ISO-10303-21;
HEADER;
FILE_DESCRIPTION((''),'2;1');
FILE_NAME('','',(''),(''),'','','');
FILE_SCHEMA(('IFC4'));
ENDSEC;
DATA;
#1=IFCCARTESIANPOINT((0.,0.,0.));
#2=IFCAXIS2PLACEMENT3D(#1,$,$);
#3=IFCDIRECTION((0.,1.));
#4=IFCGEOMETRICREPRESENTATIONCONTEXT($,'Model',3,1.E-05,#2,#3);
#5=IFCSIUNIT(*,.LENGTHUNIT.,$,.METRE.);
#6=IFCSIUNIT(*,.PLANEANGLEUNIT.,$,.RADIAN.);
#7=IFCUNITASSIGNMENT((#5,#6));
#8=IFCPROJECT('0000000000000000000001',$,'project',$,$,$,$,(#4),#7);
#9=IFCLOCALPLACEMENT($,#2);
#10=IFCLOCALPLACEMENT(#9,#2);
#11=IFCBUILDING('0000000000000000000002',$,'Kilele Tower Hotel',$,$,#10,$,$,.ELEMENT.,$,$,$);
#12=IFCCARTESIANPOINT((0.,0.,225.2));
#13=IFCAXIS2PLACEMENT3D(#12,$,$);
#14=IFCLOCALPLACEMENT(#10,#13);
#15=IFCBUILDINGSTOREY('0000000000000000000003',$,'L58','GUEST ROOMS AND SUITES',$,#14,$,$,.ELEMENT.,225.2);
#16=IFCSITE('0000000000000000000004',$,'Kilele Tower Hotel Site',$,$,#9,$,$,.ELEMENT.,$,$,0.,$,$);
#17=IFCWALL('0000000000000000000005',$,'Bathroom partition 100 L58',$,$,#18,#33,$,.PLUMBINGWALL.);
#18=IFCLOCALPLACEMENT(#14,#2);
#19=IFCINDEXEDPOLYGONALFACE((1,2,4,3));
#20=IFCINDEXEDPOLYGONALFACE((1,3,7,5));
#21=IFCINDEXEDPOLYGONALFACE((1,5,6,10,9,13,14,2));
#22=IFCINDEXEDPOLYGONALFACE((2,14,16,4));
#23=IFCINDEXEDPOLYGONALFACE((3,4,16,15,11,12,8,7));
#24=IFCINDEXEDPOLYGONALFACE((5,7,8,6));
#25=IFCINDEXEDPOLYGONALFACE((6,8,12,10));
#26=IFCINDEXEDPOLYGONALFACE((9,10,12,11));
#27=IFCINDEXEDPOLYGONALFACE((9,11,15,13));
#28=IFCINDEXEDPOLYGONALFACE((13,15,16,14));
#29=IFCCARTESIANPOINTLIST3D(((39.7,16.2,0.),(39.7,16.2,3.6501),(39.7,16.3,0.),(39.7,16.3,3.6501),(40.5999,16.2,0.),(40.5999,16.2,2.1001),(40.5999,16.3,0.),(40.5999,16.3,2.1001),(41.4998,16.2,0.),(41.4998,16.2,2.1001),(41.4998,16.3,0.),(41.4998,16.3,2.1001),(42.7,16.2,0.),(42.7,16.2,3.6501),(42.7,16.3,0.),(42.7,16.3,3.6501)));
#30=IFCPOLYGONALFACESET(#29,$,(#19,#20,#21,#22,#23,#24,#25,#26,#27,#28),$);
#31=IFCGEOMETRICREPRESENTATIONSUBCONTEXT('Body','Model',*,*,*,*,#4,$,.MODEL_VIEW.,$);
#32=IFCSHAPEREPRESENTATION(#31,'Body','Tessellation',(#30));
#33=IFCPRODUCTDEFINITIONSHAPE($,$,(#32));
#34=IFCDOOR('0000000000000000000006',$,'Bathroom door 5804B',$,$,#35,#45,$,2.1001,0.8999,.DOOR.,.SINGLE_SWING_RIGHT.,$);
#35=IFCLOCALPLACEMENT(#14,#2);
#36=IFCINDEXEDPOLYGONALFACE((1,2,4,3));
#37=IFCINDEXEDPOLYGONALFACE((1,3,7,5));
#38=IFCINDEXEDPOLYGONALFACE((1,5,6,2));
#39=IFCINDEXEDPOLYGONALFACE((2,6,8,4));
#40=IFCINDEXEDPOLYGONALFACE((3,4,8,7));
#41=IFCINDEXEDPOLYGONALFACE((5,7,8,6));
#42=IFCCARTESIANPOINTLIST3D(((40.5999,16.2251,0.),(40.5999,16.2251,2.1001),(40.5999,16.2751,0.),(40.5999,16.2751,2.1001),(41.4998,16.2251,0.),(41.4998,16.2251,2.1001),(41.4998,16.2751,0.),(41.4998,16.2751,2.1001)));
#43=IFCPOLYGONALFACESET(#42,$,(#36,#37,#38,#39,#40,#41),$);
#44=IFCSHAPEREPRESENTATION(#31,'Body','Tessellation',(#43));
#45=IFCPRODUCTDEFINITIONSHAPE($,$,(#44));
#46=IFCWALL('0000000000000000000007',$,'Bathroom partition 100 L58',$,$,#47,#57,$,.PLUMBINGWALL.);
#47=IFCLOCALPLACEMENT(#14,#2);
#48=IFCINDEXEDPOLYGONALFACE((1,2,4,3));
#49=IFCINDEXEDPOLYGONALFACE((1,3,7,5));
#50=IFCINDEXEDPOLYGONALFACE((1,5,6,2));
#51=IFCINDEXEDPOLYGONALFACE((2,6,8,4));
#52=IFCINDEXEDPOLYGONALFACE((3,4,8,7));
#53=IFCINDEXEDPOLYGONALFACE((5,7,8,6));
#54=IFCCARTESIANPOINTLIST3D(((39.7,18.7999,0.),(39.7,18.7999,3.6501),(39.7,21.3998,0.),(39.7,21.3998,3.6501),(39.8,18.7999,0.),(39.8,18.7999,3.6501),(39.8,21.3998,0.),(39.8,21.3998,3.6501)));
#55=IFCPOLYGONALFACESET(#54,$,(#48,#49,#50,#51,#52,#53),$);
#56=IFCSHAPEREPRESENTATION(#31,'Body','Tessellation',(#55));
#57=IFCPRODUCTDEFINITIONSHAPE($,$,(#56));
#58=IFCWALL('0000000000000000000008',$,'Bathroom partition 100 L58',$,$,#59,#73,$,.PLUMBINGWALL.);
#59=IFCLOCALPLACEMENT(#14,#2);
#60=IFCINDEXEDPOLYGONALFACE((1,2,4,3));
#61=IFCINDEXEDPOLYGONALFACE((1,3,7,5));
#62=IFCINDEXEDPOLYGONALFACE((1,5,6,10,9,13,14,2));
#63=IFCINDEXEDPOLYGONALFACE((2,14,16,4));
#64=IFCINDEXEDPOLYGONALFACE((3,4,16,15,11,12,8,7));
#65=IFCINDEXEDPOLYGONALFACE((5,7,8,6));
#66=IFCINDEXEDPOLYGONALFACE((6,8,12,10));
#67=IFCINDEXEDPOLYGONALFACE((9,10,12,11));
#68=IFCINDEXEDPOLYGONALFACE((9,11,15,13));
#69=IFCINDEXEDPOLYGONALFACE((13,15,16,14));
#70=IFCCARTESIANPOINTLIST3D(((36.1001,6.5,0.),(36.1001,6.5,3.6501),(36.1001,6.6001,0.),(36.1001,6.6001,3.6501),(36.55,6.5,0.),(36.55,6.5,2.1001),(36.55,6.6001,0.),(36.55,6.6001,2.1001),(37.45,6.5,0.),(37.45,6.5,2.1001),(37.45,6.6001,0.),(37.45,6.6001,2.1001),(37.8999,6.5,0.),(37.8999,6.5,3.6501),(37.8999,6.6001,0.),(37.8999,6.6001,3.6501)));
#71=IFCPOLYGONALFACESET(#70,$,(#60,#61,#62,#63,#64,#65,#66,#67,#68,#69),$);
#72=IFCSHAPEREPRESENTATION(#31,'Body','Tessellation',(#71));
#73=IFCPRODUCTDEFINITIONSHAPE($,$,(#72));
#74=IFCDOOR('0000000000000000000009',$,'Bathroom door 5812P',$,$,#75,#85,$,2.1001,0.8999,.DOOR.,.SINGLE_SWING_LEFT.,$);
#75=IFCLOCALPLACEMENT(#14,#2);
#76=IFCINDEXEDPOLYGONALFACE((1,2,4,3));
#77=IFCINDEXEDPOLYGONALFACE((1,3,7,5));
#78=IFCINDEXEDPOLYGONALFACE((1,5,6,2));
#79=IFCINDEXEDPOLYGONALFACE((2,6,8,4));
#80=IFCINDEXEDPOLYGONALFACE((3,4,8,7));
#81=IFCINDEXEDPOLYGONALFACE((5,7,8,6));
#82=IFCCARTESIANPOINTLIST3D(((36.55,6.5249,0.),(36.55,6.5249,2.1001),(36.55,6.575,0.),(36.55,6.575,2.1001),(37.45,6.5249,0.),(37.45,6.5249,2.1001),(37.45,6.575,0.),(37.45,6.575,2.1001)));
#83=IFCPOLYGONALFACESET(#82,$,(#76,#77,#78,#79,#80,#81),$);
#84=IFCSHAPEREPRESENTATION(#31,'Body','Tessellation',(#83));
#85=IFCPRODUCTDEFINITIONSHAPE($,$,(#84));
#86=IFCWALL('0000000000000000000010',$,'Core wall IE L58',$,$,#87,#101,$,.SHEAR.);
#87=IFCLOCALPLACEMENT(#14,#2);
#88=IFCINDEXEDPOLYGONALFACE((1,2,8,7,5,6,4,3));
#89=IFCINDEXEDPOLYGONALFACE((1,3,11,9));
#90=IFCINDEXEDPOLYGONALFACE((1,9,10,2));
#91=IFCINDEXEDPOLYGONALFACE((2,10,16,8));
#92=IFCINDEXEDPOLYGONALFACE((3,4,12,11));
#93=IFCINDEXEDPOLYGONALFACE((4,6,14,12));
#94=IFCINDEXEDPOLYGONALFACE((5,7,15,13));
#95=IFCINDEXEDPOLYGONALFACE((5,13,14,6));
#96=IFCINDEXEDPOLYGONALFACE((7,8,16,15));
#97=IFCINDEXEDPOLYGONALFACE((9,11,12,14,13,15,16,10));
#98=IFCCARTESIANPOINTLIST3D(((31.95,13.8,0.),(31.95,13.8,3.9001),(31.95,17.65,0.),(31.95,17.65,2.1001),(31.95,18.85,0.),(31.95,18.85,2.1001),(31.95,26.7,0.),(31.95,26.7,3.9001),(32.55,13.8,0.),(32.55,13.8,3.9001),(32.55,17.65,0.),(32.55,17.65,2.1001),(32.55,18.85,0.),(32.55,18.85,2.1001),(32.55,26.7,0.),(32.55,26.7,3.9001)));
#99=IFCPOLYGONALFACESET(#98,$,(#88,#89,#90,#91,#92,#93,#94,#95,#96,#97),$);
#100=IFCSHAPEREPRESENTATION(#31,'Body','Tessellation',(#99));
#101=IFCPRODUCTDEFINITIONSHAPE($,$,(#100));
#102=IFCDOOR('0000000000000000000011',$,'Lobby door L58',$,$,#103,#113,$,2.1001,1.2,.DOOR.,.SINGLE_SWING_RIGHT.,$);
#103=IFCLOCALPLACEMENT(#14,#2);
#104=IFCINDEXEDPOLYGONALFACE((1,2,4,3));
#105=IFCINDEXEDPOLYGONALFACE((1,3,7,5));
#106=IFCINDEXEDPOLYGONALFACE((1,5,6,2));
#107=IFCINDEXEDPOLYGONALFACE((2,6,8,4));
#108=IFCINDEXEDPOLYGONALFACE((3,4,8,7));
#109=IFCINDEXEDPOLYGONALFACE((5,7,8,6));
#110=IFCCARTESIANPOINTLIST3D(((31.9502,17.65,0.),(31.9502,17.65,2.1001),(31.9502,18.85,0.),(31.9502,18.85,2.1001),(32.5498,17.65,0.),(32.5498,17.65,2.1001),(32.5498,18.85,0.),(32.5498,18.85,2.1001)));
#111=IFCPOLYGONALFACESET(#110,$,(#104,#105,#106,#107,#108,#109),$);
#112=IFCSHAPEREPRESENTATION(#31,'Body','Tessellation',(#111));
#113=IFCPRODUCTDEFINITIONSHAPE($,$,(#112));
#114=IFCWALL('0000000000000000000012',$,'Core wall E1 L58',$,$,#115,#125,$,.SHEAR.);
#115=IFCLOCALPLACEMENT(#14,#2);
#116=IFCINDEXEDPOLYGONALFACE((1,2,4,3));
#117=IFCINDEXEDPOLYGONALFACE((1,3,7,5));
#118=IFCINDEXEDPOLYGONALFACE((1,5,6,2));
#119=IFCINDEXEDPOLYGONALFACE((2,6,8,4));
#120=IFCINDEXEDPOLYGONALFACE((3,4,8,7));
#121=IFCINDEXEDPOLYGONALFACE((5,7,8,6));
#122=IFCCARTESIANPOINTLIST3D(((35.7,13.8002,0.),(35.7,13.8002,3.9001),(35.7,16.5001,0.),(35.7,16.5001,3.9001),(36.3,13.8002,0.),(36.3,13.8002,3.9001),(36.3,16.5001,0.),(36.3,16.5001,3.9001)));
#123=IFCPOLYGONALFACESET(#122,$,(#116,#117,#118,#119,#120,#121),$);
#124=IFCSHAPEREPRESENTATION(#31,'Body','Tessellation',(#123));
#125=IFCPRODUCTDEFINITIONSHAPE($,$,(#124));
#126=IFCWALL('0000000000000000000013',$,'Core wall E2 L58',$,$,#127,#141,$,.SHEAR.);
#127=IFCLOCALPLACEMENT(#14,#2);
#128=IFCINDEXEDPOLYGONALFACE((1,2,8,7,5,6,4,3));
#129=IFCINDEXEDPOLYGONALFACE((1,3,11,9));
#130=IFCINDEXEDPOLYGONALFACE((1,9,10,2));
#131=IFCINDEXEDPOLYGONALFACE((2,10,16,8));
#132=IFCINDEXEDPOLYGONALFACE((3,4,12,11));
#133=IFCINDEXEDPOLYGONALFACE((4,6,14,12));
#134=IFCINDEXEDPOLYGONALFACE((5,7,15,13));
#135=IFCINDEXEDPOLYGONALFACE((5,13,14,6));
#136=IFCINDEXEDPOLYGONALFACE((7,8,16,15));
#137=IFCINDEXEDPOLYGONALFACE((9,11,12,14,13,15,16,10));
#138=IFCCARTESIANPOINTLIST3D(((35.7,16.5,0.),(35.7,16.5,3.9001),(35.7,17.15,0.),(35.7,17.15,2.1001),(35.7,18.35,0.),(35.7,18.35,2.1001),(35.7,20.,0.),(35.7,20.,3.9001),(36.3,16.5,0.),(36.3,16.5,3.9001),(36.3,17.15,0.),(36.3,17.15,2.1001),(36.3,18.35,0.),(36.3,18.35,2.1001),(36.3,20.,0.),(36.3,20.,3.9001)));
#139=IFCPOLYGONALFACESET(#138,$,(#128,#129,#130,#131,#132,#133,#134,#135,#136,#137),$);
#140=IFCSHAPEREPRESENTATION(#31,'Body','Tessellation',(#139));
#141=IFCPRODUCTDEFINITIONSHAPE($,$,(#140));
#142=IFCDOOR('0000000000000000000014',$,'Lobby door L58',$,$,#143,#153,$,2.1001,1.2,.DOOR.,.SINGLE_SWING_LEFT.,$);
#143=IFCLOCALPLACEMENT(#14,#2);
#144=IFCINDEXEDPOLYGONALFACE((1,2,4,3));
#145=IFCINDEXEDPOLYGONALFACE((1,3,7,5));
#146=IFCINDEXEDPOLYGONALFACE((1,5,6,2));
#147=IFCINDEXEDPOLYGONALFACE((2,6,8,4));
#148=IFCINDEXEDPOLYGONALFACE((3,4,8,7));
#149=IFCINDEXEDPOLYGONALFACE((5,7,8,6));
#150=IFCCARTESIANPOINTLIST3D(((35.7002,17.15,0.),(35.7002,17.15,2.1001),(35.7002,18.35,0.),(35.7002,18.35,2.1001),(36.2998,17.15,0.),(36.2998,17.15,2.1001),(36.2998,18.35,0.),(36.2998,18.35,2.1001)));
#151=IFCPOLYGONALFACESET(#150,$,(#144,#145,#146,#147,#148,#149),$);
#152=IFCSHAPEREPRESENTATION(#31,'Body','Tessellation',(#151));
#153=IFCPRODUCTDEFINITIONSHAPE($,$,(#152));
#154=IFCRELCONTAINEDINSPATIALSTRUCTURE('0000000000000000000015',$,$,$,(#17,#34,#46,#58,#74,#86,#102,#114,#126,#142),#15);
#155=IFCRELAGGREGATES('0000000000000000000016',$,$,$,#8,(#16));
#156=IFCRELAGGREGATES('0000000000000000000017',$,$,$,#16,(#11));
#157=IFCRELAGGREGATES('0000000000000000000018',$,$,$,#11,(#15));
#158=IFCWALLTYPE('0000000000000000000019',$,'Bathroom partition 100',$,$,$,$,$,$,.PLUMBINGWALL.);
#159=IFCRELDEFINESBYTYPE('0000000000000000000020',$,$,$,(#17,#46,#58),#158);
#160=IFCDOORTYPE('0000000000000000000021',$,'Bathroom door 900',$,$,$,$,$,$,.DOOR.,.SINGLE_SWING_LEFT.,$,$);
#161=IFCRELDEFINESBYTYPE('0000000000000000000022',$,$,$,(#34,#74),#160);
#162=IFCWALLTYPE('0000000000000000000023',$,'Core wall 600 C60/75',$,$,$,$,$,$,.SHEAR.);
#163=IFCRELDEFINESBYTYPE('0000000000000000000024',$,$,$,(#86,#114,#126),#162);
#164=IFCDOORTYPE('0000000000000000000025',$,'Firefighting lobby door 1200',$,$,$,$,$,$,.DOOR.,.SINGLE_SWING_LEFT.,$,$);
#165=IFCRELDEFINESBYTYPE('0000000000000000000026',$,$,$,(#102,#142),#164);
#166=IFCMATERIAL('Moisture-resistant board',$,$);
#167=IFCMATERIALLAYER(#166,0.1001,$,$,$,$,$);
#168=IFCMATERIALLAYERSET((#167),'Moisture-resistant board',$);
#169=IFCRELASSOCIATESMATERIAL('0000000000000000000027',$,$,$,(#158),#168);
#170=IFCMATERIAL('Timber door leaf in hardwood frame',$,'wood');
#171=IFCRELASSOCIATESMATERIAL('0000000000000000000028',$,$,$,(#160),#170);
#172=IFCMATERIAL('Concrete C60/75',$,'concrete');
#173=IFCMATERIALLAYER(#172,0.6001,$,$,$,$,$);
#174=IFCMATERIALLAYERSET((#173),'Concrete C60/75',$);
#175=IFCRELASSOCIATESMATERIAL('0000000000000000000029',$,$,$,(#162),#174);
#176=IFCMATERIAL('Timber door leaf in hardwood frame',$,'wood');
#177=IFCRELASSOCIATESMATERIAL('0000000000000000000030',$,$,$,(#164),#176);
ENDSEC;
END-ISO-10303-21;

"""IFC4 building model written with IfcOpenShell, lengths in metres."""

from ifc_helpers import new_model, si_unit, direction, frame, frame_2d, origin, place, context, subcontext, project, spatial, rectangle, extrude, material, layer, layer_set, type_object, element, fill, save


model = new_model("IFC4")

# Units and contexts
model_context = context("Model", 3, precision=1e-05, world=origin(), true_north=direction((0.0, 1.0)))
body_context = subcontext(model_context, "Body", "Model", "MODEL_VIEW")
ifc_project = project(units=[si_unit("LENGTHUNIT", "METRE"), si_unit("PLANEANGLEUNIT", "RADIAN")], contexts=[model_context])

# Site, building, storey
site_placement = place(None, origin())
site = spatial("IfcSite", under=ifc_project, at=site_placement, Name="Kilele Tower Hotel Site", CompositionType="ELEMENT", RefElevation=0.0)
building_placement = place(site_placement, origin())
building = spatial("IfcBuilding", under=site, at=building_placement, Name="Kilele Tower Hotel", CompositionType="ELEMENT")
storey_placement = place(building_placement, frame((0.0, 0.0, 225.2)))
storey = spatial("IfcBuildingStorey", under=building, at=storey_placement, Name="L58", Description="GUEST ROOMS AND SUITES", CompositionType="ELEMENT", Elevation=225.2)

# Shared definitions
ifc_material_1 = material(Name="Moisture-resistant board")
ifc_layer_1 = layer(ifc_material_1, 0.1001)
ifc_layer_set_1 = layer_set([ifc_layer_1], Name="Moisture-resistant board")
wall_type_1 = type_object("IfcWallType", Name="Bathroom partition 100", PredefinedType="PLUMBINGWALL", material=ifc_layer_set_1)

# Shared definitions
ifc_material_2 = material(Name="Timber door leaf in hardwood frame", Category="wood")
door_type_1 = type_object("IfcDoorType", Name="Bathroom door 900", OperationType="SINGLE_SWING_LEFT", PredefinedType="DOOR", material=ifc_material_2)

# Wall, opening, door
wall_1_placement = place(storey_placement, frame((39.7, 16.25, 0.0), z_axis=(0.0, 0.0, 1.0), x_axis=(1.0, 0.0, 0.0)))
wall_1 = element("IfcWall", 1, at=wall_1_placement, inside=storey, type_object=wall_type_1, Name="Bathroom partition 100 L58", PredefinedType="PLUMBINGWALL", context=body_context, shape_type="SweptSolid", body=[
    extrude(rectangle(XDim=3.0, YDim=0.1001, at=frame_2d((1.5, 0.0))), origin(), (0.0, 0.0, 1.0), 3.6501),
])
opening_1_placement = place(wall_1_placement, frame((1.7998, 0.0, 0.0), z_axis=(0.0, 0.0, 1.0), x_axis=(-1.0, 0.0, 0.0)))
opening_1 = element("IfcOpeningElement", 2, at=opening_1_placement, cuts=wall_1, PredefinedType="OPENING", context=body_context, shape_type="SweptSolid", body=[
    extrude(rectangle(XDim=0.8999, YDim=2.1001, at=frame_2d((0.45, 1.05))), frame((0.0, 0.0601, 0.0), z_axis=(0.0, -1.0, 0.0), x_axis=(1.0, 0.0, 0.0)), (0.0, 0.0, 1.0), 0.1201),
])
door_1_placement = place(opening_1_placement, origin())
door_1 = element("IfcDoor", 3, at=door_1_placement, inside=storey, type_object=door_type_1, Name="Bathroom door 5804B", OperationType="SINGLE_SWING_RIGHT", OverallHeight=2.1001, OverallWidth=0.8999, PredefinedType="DOOR", context=body_context, shape_type="SweptSolid", body=[
    extrude(rectangle(XDim=0.8999, YDim=2.1001, at=frame_2d((0.45, 1.05))), frame((0.0, 0.0249, 0.0), z_axis=(0.0, -1.0, 0.0), x_axis=(1.0, 0.0, 0.0)), (0.0, 0.0, 1.0), 0.05),
])
fill(opening_1, door_1)

# Wall
wall_2_placement = place(storey_placement, frame((39.75, 18.8, 0.0), z_axis=(0.0, 0.0, 1.0), x_axis=(0.0, 1.0, 0.0)))
element("IfcWall", 4, at=wall_2_placement, inside=storey, type_object=wall_type_1, Name="Bathroom partition 100 L58", PredefinedType="PLUMBINGWALL", context=body_context, shape_type="SweptSolid", body=[
    extrude(rectangle(XDim=2.5999, YDim=0.1001, at=frame_2d((1.2998, 0.0))), origin(), (0.0, 0.0, 1.0), 3.6501),
])

# Walls, openings, doors
wall_3_placement = place(storey_placement, frame((36.1001, 6.55, 0.0), z_axis=(0.0, 0.0, 1.0), x_axis=(1.0, 0.0, 0.0)))
wall_3 = element("IfcWall", 5, at=wall_3_placement, inside=storey, type_object=wall_type_1, Name="Bathroom partition 100 L58", PredefinedType="PLUMBINGWALL", context=body_context, shape_type="SweptSolid", body=[
    extrude(rectangle(XDim=1.7998, YDim=0.1001, at=frame_2d((0.8999, 0.0))), origin(), (0.0, 0.0, 1.0), 3.6501),
])
opening_2_placement = place(wall_3_placement, frame((0.45, 0.0, 0.0)))
opening_2 = element("IfcOpeningElement", 6, at=opening_2_placement, cuts=wall_3, PredefinedType="OPENING", context=body_context, shape_type="SweptSolid", body=[
    extrude(rectangle(XDim=0.8999, YDim=2.1001, at=frame_2d((0.45, 1.05))), frame((0.0, 0.0601, 0.0), z_axis=(0.0, -1.0, 0.0), x_axis=(1.0, 0.0, 0.0)), (0.0, 0.0, 1.0), 0.1201),
])
door_2_placement = place(opening_2_placement, origin())
door_2 = element("IfcDoor", 7, at=door_2_placement, inside=storey, type_object=door_type_1, Name="Bathroom door 5812P", OperationType="SINGLE_SWING_LEFT", OverallHeight=2.1001, OverallWidth=0.8999, PredefinedType="DOOR", context=body_context, shape_type="SweptSolid", body=[
    extrude(rectangle(XDim=0.8999, YDim=2.1001, at=frame_2d((0.45, 1.05))), frame((0.0, 0.0249, 0.0), z_axis=(0.0, -1.0, 0.0), x_axis=(1.0, 0.0, 0.0)), (0.0, 0.0, 1.0), 0.05),
])
fill(opening_2, door_2)
ifc_material_3 = material(Name="Concrete C60/75", Category="concrete")
ifc_layer_2 = layer(ifc_material_3, 0.6001)
ifc_layer_set_2 = layer_set([ifc_layer_2], Name="Concrete C60/75")
wall_type_2 = type_object("IfcWallType", Name="Core wall 600 C60/75", PredefinedType="SHEAR", material=ifc_layer_set_2)
wall_4_placement = place(storey_placement, frame((32.25, 13.8, 0.0), z_axis=(0.0, 0.0, 1.0), x_axis=(0.0, 1.0, 0.0)))
wall_4 = element("IfcWall", 8, at=wall_4_placement, inside=storey, type_object=wall_type_2, Name="Core wall IE L58", PredefinedType="SHEAR", context=body_context, shape_type="SweptSolid", body=[
    extrude(rectangle(XDim=12.8999, YDim=0.6001, at=frame_2d((6.45, 0.0))), origin(), (0.0, 0.0, 1.0), 3.9001),
])
opening_3_placement = place(wall_4_placement, frame((5.05, 0.0, 0.0), z_axis=(0.0, 0.0, 1.0), x_axis=(-1.0, 0.0, 0.0)))
opening_3 = element("IfcOpeningElement", 9, at=opening_3_placement, cuts=wall_4, PredefinedType="OPENING", context=body_context, shape_type="SweptSolid", body=[
    extrude(rectangle(XDim=1.2, YDim=2.1001, at=frame_2d((0.6001, 1.05))), frame((0.0, 0.3101, 0.0), z_axis=(0.0, -1.0, 0.0), x_axis=(1.0, 0.0, 0.0)), (0.0, 0.0, 1.0), 0.6201),
])
ifc_material_4 = material(Name="Timber door leaf in hardwood frame", Category="wood")
door_type_2 = type_object("IfcDoorType", Name="Firefighting lobby door 1200", OperationType="SINGLE_SWING_LEFT", PredefinedType="DOOR", material=ifc_material_4)
door_3_placement = place(opening_3_placement, origin())
door_3 = element("IfcDoor", 10, at=door_3_placement, inside=storey, type_object=door_type_2, Name="Lobby door L58", OperationType="SINGLE_SWING_RIGHT", OverallHeight=2.1001, OverallWidth=1.2, PredefinedType="DOOR", context=body_context, shape_type="SweptSolid", body=[
    extrude(rectangle(XDim=1.2, YDim=2.1001, at=frame_2d((0.6001, 1.05))), frame((0.0, 0.2998, 0.0), z_axis=(0.0, -1.0, 0.0), x_axis=(1.0, 0.0, 0.0)), (0.0, 0.0, 1.0), 0.5996),
])
fill(opening_3, door_3)

# Wall
wall_5_placement = place(storey_placement, frame((36.0, 13.8, 0.0), z_axis=(0.0, 0.0, 1.0), x_axis=(0.0, 1.0, 0.0)))
element("IfcWall", 11, at=wall_5_placement, inside=storey, type_object=wall_type_2, Name="Core wall E1 L58", PredefinedType="SHEAR", context=body_context, shape_type="SweptSolid", body=[
    extrude(rectangle(XDim=2.7, YDim=0.6001, at=frame_2d((1.3501, 0.0))), origin(), (0.0, 0.0, 1.0), 3.9001),
])

# Wall, opening, door
wall_6_placement = place(storey_placement, frame((36.0, 16.5, 0.0), z_axis=(0.0, 0.0, 1.0), x_axis=(0.0, 1.0, 0.0)))
wall_6 = element("IfcWall", 12, at=wall_6_placement, inside=storey, type_object=wall_type_2, Name="Core wall E2 L58", PredefinedType="SHEAR", context=body_context, shape_type="SweptSolid", body=[
    extrude(rectangle(XDim=3.5, YDim=0.6001, at=frame_2d((1.75, 0.0))), origin(), (0.0, 0.0, 1.0), 3.9001),
])
opening_4_placement = place(wall_6_placement, frame((0.6499, 0.0, 0.0)))
opening_4 = element("IfcOpeningElement", 13, at=opening_4_placement, cuts=wall_6, PredefinedType="OPENING", context=body_context, shape_type="SweptSolid", body=[
    extrude(rectangle(XDim=1.2, YDim=2.1001, at=frame_2d((0.6001, 1.05))), frame((0.0, 0.3101, 0.0), z_axis=(0.0, -1.0, 0.0), x_axis=(1.0, 0.0, 0.0)), (0.0, 0.0, 1.0), 0.6201),
])
door_4_placement = place(opening_4_placement, origin())
door_4 = element("IfcDoor", 14, at=door_4_placement, inside=storey, type_object=door_type_2, Name="Lobby door L58", OperationType="SINGLE_SWING_LEFT", OverallHeight=2.1001, OverallWidth=1.2, PredefinedType="DOOR", context=body_context, shape_type="SweptSolid", body=[
    extrude(rectangle(XDim=1.2, YDim=2.1001, at=frame_2d((0.6001, 1.05))), frame((0.0, 0.2998, 0.0), z_axis=(0.0, -1.0, 0.0), x_axis=(1.0, 0.0, 0.0)), (0.0, 0.0, 1.0), 0.5996),
])
fill(opening_4, door_4)

save(model, "model.ifc")
